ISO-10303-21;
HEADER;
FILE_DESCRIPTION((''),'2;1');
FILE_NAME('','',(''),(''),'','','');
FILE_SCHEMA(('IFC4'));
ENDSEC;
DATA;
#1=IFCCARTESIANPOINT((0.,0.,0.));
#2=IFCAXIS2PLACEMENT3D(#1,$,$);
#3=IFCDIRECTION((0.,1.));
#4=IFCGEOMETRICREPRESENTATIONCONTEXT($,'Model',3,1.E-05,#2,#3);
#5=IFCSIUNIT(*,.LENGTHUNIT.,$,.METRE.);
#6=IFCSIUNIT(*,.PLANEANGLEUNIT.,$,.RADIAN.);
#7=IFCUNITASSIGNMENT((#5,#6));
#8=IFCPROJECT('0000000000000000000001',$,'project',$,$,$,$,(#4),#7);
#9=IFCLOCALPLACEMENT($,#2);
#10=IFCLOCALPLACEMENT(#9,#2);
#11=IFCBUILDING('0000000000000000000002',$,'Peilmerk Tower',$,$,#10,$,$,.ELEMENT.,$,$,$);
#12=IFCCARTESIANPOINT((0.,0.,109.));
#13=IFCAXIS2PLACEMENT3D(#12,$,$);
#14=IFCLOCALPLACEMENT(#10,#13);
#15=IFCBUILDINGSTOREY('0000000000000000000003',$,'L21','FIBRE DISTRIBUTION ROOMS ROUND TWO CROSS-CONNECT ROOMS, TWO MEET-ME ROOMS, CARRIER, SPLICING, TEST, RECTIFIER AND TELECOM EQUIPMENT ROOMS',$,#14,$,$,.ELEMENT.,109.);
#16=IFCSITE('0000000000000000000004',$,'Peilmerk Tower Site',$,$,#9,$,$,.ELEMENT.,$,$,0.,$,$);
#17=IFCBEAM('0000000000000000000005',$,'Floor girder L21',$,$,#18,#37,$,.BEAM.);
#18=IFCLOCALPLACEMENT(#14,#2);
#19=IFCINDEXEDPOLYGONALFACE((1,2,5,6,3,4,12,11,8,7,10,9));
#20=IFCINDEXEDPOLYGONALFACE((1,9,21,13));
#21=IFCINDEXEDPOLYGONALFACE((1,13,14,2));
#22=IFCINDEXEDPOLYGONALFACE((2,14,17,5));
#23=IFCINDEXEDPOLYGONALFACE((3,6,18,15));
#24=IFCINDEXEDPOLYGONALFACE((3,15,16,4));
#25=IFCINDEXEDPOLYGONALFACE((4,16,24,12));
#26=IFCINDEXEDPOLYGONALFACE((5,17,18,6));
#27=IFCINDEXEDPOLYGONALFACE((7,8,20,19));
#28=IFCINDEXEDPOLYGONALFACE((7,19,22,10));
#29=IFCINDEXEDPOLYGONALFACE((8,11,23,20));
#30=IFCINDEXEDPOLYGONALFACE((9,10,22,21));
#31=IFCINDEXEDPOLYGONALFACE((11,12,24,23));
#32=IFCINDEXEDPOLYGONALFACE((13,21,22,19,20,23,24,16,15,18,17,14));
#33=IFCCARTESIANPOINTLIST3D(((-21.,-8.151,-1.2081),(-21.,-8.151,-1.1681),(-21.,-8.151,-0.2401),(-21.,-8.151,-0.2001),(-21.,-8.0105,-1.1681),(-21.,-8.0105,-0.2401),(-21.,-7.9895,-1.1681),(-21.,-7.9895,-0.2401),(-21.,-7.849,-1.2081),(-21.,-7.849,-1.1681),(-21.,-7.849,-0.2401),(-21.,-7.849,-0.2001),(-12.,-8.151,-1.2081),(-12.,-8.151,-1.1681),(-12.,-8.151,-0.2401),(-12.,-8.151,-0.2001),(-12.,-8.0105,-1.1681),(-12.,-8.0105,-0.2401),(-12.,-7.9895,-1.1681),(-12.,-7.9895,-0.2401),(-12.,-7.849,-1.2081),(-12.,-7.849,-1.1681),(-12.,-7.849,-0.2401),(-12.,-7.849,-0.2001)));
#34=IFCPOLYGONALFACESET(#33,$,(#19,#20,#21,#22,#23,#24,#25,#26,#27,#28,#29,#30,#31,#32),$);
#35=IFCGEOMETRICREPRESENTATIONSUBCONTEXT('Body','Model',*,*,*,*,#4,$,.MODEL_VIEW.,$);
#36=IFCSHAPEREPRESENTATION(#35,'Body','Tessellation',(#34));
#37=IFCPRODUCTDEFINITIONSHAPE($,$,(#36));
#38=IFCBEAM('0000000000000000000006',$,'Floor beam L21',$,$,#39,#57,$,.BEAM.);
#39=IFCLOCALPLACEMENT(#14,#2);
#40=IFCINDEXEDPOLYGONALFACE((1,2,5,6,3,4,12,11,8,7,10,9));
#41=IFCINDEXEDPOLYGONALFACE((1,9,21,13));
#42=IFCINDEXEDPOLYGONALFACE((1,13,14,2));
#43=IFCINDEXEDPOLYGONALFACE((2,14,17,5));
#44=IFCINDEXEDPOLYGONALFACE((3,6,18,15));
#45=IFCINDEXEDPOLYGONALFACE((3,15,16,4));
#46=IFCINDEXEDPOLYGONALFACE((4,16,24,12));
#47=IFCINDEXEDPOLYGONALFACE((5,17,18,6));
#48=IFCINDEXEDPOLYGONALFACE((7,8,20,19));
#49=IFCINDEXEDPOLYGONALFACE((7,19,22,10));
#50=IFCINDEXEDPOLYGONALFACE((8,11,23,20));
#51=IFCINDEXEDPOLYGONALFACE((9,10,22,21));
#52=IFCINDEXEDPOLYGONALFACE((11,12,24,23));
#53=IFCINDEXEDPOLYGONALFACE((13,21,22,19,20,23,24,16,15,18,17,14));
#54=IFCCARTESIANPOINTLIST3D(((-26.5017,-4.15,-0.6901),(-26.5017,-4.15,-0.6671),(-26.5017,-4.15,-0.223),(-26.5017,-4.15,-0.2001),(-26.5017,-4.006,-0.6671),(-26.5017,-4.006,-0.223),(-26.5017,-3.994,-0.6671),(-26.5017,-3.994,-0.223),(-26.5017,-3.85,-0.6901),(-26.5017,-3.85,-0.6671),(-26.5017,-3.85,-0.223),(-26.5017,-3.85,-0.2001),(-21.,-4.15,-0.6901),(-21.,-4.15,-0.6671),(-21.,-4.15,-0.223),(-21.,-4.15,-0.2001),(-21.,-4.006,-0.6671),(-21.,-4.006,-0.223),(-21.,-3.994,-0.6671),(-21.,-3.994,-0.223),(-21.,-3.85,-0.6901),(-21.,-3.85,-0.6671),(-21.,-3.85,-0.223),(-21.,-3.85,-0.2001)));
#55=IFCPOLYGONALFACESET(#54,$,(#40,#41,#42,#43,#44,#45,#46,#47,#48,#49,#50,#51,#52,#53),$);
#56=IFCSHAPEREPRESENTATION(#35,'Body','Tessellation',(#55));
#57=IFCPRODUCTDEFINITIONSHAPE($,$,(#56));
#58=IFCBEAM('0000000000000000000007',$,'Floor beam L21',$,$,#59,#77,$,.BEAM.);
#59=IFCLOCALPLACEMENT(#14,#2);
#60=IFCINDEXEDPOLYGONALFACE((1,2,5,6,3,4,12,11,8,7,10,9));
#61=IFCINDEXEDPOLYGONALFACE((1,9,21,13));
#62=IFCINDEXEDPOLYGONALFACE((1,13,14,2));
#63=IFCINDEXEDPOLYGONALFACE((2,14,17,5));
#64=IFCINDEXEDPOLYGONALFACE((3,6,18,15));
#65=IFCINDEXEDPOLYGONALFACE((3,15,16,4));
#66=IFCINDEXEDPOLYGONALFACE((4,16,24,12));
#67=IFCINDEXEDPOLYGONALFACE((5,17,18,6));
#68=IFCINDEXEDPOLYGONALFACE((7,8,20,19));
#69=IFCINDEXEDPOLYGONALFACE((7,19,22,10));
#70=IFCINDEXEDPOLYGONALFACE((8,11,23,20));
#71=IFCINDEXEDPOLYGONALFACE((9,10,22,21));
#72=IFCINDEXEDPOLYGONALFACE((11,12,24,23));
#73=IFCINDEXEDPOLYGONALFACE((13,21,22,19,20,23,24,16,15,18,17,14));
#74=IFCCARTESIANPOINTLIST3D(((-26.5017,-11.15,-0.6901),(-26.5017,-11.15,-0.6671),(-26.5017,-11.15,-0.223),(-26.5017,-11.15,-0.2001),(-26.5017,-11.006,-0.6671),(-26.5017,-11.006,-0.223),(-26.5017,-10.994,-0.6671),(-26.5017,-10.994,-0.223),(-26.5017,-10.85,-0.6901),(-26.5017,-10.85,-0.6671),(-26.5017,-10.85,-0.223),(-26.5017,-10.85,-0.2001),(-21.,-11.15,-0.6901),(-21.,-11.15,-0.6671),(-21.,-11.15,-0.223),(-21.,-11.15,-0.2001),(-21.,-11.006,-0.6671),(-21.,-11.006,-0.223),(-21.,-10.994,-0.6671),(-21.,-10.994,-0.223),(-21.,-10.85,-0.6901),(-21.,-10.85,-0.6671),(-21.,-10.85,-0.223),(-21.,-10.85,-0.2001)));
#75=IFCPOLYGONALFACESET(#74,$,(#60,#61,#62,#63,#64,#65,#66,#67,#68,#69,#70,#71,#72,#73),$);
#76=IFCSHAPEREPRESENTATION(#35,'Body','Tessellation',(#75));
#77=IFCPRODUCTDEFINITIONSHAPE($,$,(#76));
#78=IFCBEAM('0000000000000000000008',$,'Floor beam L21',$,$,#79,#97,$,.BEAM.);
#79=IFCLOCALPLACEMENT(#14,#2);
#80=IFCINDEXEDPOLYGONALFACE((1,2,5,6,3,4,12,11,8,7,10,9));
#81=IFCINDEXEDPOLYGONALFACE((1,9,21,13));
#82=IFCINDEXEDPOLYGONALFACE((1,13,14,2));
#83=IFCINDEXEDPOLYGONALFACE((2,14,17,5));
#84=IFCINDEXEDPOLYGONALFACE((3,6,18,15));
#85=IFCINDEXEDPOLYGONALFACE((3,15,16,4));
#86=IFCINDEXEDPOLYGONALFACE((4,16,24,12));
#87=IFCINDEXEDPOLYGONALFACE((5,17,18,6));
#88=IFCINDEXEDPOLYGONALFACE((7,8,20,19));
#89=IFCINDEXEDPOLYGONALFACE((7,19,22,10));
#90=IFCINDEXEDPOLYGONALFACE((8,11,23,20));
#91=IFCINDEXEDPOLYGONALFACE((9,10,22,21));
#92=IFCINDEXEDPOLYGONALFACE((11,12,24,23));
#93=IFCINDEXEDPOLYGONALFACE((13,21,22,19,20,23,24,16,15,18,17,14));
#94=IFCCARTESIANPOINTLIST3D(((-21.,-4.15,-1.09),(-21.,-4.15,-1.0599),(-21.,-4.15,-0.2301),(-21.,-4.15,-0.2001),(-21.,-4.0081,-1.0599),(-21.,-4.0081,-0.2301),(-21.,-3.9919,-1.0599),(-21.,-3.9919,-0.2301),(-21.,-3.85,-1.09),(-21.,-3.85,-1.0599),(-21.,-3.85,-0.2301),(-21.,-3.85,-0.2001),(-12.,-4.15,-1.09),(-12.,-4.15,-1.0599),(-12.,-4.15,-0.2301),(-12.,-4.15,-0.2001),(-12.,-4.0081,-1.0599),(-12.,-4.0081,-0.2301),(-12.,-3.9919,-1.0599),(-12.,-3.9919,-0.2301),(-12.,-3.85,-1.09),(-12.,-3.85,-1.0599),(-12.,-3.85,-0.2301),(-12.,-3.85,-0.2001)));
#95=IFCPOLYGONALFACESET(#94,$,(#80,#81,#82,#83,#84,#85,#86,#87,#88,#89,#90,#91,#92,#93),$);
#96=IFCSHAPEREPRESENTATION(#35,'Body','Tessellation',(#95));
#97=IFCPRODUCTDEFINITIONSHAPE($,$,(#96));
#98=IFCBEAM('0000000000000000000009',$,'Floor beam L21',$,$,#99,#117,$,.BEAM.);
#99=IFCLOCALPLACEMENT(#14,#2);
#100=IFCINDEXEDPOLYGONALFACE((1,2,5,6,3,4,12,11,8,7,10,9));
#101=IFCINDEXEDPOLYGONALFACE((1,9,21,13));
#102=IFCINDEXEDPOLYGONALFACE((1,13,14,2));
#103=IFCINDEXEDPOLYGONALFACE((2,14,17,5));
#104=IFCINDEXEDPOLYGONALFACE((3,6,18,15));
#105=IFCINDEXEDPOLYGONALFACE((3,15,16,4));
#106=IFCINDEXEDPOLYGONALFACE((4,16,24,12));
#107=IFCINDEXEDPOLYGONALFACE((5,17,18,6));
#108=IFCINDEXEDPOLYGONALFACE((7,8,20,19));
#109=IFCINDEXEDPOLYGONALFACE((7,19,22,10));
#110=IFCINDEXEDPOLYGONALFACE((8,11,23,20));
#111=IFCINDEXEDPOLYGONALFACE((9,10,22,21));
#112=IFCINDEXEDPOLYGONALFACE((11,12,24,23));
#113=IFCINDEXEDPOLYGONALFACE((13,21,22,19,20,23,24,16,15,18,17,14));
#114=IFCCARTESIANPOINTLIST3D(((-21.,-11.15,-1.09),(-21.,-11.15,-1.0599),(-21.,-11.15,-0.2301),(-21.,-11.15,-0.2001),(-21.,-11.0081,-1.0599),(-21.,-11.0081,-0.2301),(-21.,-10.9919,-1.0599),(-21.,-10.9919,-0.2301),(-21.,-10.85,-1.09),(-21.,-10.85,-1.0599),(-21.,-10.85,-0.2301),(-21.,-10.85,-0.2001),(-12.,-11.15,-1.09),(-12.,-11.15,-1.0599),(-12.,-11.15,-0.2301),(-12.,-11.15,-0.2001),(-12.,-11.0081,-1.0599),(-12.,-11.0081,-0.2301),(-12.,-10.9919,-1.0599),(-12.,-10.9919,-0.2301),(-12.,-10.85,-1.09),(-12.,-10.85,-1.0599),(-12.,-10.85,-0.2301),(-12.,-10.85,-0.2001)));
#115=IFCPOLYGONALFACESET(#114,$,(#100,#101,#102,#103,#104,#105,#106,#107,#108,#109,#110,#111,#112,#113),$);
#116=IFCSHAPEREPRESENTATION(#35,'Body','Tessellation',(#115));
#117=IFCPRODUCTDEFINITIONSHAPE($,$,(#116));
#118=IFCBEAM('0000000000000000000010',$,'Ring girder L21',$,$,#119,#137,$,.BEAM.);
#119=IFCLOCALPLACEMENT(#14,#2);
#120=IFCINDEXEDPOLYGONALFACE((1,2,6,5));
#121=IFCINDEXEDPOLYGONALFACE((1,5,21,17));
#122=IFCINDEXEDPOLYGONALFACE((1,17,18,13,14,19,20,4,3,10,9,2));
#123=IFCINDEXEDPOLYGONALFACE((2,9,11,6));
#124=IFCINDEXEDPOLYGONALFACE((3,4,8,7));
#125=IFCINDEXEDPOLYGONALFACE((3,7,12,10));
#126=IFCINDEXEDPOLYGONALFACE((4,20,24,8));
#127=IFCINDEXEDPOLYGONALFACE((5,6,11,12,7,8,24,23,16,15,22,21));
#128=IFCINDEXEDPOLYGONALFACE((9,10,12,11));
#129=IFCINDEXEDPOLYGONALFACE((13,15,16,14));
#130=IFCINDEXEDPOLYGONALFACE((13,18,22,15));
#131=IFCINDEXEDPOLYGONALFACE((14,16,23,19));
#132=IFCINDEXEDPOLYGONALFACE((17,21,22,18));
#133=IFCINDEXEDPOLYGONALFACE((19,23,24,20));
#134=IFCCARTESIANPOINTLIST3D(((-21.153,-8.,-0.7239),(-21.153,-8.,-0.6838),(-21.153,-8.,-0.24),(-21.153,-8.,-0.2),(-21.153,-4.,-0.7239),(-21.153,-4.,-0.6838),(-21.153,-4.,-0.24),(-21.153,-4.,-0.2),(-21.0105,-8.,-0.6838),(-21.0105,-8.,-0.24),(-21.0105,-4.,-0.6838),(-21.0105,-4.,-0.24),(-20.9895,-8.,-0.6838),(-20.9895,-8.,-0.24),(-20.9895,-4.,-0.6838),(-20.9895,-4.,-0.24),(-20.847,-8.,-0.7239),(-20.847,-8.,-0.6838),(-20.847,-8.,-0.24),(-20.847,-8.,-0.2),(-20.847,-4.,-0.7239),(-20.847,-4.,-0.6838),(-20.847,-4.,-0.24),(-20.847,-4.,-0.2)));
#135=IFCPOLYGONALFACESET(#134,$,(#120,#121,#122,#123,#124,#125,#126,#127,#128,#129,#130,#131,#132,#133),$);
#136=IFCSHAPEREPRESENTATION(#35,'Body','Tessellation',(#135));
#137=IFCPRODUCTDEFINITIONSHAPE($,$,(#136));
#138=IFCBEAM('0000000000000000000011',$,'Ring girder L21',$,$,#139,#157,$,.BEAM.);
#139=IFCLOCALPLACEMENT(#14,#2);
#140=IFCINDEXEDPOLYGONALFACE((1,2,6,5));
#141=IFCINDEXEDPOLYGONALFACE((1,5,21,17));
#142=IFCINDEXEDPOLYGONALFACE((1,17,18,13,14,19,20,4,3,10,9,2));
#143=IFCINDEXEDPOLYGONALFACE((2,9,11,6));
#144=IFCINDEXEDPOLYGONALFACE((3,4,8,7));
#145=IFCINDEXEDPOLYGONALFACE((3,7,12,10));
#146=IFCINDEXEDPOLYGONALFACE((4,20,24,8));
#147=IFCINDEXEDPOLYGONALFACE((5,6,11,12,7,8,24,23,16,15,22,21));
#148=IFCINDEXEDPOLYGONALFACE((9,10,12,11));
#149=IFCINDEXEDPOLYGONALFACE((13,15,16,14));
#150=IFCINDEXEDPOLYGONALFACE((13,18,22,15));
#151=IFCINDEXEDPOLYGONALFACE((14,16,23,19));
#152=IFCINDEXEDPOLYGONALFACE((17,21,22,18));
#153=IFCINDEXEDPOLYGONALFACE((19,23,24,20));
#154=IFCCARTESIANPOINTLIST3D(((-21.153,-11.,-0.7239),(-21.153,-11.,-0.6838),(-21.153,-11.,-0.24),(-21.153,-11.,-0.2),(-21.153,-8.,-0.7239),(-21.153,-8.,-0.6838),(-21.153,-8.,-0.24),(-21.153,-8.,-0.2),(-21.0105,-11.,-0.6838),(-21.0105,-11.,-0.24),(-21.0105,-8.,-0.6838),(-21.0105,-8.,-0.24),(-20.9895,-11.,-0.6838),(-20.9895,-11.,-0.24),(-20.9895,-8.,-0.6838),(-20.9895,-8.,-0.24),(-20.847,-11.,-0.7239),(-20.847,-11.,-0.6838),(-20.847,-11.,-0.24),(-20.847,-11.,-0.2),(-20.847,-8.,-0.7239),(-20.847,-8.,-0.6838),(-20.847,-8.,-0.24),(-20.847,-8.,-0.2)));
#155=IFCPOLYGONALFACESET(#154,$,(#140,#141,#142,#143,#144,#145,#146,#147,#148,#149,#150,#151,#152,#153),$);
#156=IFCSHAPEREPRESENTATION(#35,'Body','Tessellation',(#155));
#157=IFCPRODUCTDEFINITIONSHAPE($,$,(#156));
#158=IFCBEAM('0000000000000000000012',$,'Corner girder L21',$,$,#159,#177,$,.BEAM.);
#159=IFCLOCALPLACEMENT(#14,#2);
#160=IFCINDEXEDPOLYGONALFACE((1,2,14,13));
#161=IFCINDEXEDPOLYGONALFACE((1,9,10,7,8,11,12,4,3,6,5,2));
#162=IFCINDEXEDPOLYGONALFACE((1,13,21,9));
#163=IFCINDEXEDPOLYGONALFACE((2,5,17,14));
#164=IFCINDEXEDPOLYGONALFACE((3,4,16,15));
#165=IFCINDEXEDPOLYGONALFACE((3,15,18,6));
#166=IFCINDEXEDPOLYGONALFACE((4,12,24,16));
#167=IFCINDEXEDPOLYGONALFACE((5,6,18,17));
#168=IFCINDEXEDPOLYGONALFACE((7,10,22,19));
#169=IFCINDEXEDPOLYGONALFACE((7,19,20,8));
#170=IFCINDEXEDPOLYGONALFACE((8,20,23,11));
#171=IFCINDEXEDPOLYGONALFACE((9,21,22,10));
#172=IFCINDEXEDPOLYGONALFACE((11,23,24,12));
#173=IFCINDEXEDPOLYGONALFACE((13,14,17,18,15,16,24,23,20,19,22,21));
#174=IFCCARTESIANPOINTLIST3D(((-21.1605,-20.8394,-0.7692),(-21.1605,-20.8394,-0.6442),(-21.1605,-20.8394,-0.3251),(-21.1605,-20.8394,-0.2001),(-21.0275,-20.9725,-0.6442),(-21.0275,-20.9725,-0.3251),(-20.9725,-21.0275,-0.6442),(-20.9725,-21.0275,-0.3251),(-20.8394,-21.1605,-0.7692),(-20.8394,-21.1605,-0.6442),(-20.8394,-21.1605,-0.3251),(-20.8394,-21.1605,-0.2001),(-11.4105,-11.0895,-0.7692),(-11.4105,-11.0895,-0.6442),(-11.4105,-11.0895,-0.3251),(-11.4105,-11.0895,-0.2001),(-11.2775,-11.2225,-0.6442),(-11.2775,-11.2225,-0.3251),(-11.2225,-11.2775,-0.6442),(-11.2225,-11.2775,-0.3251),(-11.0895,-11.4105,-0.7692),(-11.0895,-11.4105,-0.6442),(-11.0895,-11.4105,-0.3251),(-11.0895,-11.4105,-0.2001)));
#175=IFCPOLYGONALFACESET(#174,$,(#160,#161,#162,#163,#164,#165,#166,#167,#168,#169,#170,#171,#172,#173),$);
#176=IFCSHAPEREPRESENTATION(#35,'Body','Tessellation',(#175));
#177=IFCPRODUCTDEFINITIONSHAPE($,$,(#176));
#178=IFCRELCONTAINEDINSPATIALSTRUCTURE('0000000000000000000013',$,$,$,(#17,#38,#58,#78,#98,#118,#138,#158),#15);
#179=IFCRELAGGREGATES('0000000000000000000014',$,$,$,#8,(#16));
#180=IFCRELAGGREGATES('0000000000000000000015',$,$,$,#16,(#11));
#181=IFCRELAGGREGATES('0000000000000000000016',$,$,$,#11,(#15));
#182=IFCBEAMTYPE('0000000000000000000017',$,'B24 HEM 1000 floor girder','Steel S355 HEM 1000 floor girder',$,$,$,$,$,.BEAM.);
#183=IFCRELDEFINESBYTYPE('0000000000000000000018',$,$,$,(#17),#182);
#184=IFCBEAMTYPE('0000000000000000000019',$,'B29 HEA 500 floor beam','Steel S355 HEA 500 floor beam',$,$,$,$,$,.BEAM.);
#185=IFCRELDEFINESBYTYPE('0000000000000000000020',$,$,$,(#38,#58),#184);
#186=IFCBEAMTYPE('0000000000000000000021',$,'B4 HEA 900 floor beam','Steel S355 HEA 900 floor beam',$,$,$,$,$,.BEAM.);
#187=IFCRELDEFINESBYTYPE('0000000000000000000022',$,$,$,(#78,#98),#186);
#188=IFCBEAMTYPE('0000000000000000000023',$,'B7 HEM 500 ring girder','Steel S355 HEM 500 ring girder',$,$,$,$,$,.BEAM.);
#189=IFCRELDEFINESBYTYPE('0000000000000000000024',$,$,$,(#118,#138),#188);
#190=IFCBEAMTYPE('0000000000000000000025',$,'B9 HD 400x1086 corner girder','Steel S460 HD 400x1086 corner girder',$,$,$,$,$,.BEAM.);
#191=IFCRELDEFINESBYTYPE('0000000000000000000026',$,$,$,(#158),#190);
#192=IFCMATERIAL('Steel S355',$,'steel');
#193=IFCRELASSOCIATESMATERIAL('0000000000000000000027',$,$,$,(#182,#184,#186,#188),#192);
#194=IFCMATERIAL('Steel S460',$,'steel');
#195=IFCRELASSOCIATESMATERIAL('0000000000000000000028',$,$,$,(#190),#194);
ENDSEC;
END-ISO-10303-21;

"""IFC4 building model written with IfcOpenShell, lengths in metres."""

from ifc_helpers import new_model, si_unit, direction, frame, origin, origin_2d, place, context, subcontext, project, spatial, i_section, extrude, material, material_profile, profile_set, type_object, element, save


model = new_model("IFC4")

# Units and contexts
model_context = context("Model", 3, precision=1e-05, world=origin(), true_north=direction((0.0, 1.0)))
body_context = subcontext(model_context, "Body", "Model", "MODEL_VIEW")
ifc_project = project(units=[si_unit("LENGTHUNIT", "METRE"), si_unit("PLANEANGLEUNIT", "RADIAN")], contexts=[model_context])

# Site, building, storey
site_placement = place(None, origin())
site = spatial("IfcSite", under=ifc_project, at=site_placement, Name="Peilmerk Tower Site", CompositionType="ELEMENT", RefElevation=0.0)
building_placement = place(site_placement, origin())
building = spatial("IfcBuilding", under=site, at=building_placement, Name="Peilmerk Tower", CompositionType="ELEMENT")
storey_placement = place(building_placement, frame((0.0, 0.0, 109.0)))
storey = spatial("IfcBuildingStorey", under=building, at=storey_placement, Name="L21", Description="FIBRE DISTRIBUTION ROOMS ROUND TWO CROSS-CONNECT ROOMS, TWO MEET-ME ROOMS, CARRIER, SPLICING, TEST, RECTIFIER AND TELECOM EQUIPMENT ROOMS", CompositionType="ELEMENT", Elevation=109.0)

# Shared definitions
ifc_material_1 = material(Name="Steel S460", Category="steel")

# Beams
ifc_material_2 = material(Name="Steel S355", Category="steel")
ifc_material_profile_1 = material_profile(ifc_material_2, i_section(OverallWidth=0.302, OverallDepth=1.0081, WebThickness=0.021, FlangeThickness=0.04, at=origin_2d()), Name="HEM 1000")
ifc_profile_set_1 = profile_set([ifc_material_profile_1], Name="Steel S355")
beam_type_1 = type_object("IfcBeamType", Name="B24 HEM 1000 floor girder", Description="Steel S355 HEM 1000 floor girder", PredefinedType="BEAM", material=ifc_profile_set_1)
beam_1_placement = place(storey_placement, frame((-12.0, -8.0, -0.7041), z_axis=(-1.0, 0.0, 0.0), x_axis=(0.0, -1.0, 0.0)))
element("IfcBeam", 1, at=beam_1_placement, inside=storey, type_object=beam_type_1, Name="Floor girder L21", PredefinedType="BEAM", context=body_context, shape_type="SweptSolid", body=[
    extrude(i_section(OverallWidth=0.302, OverallDepth=1.0081, WebThickness=0.021, FlangeThickness=0.04, at=origin_2d()), origin(), (0.0, 0.0, 1.0), 9.0),
])
ifc_material_profile_2 = material_profile(ifc_material_2, i_section(OverallWidth=0.3, OverallDepth=0.49, WebThickness=0.012, FlangeThickness=0.0229, at=origin_2d()), Name="HEA 500")
ifc_profile_set_2 = profile_set([ifc_material_profile_2], Name="Steel S355")
beam_type_2 = type_object("IfcBeamType", Name="B29 HEA 500 floor beam", Description="Steel S355 HEA 500 floor beam", PredefinedType="BEAM", material=ifc_profile_set_2)
for number, where, z_axis, x_axis, name in (
    (2, (-21.0, -4.0, -0.4451), (-1.0, 0.0, 0.0), (0.0, -1.0, 0.0), "Floor beam L21"),
    (3, (-21.0, -11.0, -0.4451), (-1.0, 0.0, 0.0), (0.0, -1.0, 0.0), "Floor beam L21"),
):
    element("IfcBeam", number, at=place(storey_placement, frame(where, z_axis=z_axis, x_axis=x_axis)), inside=storey, type_object=beam_type_2, Name=name, PredefinedType="BEAM", context=body_context, shape_type="SweptSolid", body=[
        extrude(i_section(OverallWidth=0.3, OverallDepth=0.49, WebThickness=0.012, FlangeThickness=0.0229, at=origin_2d()), origin(), (0.0, 0.0, 1.0), 5.5017),
    ])
ifc_material_profile_3 = material_profile(ifc_material_2, i_section(OverallWidth=0.3, OverallDepth=0.8899, WebThickness=0.0161, FlangeThickness=0.03, at=origin_2d()), Name="HEA 900")
ifc_profile_set_3 = profile_set([ifc_material_profile_3], Name="Steel S355")
beam_type_3 = type_object("IfcBeamType", Name="B4 HEA 900 floor beam", Description="Steel S355 HEA 900 floor beam", PredefinedType="BEAM", material=ifc_profile_set_3)
for number, where, z_axis, x_axis, name in (
    (4, (-12.0, -4.0, -0.645), (-1.0, 0.0, 0.0), (0.0, -1.0, 0.0), "Floor beam L21"),
    (5, (-12.0, -11.0, -0.645), (-1.0, 0.0, 0.0), (0.0, -1.0, 0.0), "Floor beam L21"),
):
    element("IfcBeam", number, at=place(storey_placement, frame(where, z_axis=z_axis, x_axis=x_axis)), inside=storey, type_object=beam_type_3, Name=name, PredefinedType="BEAM", context=body_context, shape_type="SweptSolid", body=[
        extrude(i_section(OverallWidth=0.3, OverallDepth=0.8899, WebThickness=0.0161, FlangeThickness=0.03, at=origin_2d()), origin(), (0.0, 0.0, 1.0), 9.0),
    ])
ifc_material_profile_4 = material_profile(ifc_material_2, i_section(OverallWidth=0.3059, OverallDepth=0.5239, WebThickness=0.021, FlangeThickness=0.04, at=origin_2d()), Name="HEM 500")
ifc_profile_set_4 = profile_set([ifc_material_profile_4], Name="Steel S355")
beam_type_4 = type_object("IfcBeamType", Name="B7 HEM 500 ring girder", Description="Steel S355 HEM 500 ring girder", PredefinedType="BEAM", material=ifc_profile_set_4)
beam_2_placement = place(storey_placement, frame((-21.0, -4.0, -0.4619), z_axis=(0.0, -1.0, 0.0), x_axis=(1.0, 0.0, 0.0)))
element("IfcBeam", 6, at=beam_2_placement, inside=storey, type_object=beam_type_4, Name="Ring girder L21", PredefinedType="BEAM", context=body_context, shape_type="SweptSolid", body=[
    extrude(i_section(OverallWidth=0.3059, OverallDepth=0.5239, WebThickness=0.021, FlangeThickness=0.04, at=origin_2d()), origin(), (0.0, 0.0, 1.0), 4.0),
])
beam_3_placement = place(storey_placement, frame((-21.0, -8.0, -0.4619), z_axis=(0.0, -1.0, 0.0), x_axis=(1.0, 0.0, 0.0)))
element("IfcBeam", 7, at=beam_3_placement, inside=storey, type_object=beam_type_4, Name="Ring girder L21", PredefinedType="BEAM", context=body_context, shape_type="SweptSolid", body=[
    extrude(i_section(OverallWidth=0.3059, OverallDepth=0.5239, WebThickness=0.021, FlangeThickness=0.04, at=origin_2d()), origin(), (0.0, 0.0, 1.0), 3.0),
])
ifc_material_profile_5 = material_profile(ifc_material_1, i_section(OverallWidth=0.4541, OverallDepth=0.5691, WebThickness=0.0779, FlangeThickness=0.125, at=origin_2d()), Name="HD 400x1086")
ifc_profile_set_5 = profile_set([ifc_material_profile_5], Name="Steel S460")
beam_type_5 = type_object("IfcBeamType", Name="B9 HD 400x1086 corner girder", Description="Steel S460 HD 400x1086 corner girder", PredefinedType="BEAM", material=ifc_profile_set_5)
beam_4_placement = place(storey_placement, frame((-11.25, -11.25, -0.4846), z_axis=(-0.707107, -0.707107, 0.0), x_axis=(0.707107, -0.707107, 0.0)))
element("IfcBeam", 8, at=beam_4_placement, inside=storey, type_object=beam_type_5, Name="Corner girder L21", PredefinedType="BEAM", context=body_context, shape_type="SweptSolid", body=[
    extrude(i_section(OverallWidth=0.4541, OverallDepth=0.5691, WebThickness=0.0779, FlangeThickness=0.125, at=origin_2d()), origin(), (0.0, 0.0, 1.0), 13.7886),
])

save(model, "model.ifc")
